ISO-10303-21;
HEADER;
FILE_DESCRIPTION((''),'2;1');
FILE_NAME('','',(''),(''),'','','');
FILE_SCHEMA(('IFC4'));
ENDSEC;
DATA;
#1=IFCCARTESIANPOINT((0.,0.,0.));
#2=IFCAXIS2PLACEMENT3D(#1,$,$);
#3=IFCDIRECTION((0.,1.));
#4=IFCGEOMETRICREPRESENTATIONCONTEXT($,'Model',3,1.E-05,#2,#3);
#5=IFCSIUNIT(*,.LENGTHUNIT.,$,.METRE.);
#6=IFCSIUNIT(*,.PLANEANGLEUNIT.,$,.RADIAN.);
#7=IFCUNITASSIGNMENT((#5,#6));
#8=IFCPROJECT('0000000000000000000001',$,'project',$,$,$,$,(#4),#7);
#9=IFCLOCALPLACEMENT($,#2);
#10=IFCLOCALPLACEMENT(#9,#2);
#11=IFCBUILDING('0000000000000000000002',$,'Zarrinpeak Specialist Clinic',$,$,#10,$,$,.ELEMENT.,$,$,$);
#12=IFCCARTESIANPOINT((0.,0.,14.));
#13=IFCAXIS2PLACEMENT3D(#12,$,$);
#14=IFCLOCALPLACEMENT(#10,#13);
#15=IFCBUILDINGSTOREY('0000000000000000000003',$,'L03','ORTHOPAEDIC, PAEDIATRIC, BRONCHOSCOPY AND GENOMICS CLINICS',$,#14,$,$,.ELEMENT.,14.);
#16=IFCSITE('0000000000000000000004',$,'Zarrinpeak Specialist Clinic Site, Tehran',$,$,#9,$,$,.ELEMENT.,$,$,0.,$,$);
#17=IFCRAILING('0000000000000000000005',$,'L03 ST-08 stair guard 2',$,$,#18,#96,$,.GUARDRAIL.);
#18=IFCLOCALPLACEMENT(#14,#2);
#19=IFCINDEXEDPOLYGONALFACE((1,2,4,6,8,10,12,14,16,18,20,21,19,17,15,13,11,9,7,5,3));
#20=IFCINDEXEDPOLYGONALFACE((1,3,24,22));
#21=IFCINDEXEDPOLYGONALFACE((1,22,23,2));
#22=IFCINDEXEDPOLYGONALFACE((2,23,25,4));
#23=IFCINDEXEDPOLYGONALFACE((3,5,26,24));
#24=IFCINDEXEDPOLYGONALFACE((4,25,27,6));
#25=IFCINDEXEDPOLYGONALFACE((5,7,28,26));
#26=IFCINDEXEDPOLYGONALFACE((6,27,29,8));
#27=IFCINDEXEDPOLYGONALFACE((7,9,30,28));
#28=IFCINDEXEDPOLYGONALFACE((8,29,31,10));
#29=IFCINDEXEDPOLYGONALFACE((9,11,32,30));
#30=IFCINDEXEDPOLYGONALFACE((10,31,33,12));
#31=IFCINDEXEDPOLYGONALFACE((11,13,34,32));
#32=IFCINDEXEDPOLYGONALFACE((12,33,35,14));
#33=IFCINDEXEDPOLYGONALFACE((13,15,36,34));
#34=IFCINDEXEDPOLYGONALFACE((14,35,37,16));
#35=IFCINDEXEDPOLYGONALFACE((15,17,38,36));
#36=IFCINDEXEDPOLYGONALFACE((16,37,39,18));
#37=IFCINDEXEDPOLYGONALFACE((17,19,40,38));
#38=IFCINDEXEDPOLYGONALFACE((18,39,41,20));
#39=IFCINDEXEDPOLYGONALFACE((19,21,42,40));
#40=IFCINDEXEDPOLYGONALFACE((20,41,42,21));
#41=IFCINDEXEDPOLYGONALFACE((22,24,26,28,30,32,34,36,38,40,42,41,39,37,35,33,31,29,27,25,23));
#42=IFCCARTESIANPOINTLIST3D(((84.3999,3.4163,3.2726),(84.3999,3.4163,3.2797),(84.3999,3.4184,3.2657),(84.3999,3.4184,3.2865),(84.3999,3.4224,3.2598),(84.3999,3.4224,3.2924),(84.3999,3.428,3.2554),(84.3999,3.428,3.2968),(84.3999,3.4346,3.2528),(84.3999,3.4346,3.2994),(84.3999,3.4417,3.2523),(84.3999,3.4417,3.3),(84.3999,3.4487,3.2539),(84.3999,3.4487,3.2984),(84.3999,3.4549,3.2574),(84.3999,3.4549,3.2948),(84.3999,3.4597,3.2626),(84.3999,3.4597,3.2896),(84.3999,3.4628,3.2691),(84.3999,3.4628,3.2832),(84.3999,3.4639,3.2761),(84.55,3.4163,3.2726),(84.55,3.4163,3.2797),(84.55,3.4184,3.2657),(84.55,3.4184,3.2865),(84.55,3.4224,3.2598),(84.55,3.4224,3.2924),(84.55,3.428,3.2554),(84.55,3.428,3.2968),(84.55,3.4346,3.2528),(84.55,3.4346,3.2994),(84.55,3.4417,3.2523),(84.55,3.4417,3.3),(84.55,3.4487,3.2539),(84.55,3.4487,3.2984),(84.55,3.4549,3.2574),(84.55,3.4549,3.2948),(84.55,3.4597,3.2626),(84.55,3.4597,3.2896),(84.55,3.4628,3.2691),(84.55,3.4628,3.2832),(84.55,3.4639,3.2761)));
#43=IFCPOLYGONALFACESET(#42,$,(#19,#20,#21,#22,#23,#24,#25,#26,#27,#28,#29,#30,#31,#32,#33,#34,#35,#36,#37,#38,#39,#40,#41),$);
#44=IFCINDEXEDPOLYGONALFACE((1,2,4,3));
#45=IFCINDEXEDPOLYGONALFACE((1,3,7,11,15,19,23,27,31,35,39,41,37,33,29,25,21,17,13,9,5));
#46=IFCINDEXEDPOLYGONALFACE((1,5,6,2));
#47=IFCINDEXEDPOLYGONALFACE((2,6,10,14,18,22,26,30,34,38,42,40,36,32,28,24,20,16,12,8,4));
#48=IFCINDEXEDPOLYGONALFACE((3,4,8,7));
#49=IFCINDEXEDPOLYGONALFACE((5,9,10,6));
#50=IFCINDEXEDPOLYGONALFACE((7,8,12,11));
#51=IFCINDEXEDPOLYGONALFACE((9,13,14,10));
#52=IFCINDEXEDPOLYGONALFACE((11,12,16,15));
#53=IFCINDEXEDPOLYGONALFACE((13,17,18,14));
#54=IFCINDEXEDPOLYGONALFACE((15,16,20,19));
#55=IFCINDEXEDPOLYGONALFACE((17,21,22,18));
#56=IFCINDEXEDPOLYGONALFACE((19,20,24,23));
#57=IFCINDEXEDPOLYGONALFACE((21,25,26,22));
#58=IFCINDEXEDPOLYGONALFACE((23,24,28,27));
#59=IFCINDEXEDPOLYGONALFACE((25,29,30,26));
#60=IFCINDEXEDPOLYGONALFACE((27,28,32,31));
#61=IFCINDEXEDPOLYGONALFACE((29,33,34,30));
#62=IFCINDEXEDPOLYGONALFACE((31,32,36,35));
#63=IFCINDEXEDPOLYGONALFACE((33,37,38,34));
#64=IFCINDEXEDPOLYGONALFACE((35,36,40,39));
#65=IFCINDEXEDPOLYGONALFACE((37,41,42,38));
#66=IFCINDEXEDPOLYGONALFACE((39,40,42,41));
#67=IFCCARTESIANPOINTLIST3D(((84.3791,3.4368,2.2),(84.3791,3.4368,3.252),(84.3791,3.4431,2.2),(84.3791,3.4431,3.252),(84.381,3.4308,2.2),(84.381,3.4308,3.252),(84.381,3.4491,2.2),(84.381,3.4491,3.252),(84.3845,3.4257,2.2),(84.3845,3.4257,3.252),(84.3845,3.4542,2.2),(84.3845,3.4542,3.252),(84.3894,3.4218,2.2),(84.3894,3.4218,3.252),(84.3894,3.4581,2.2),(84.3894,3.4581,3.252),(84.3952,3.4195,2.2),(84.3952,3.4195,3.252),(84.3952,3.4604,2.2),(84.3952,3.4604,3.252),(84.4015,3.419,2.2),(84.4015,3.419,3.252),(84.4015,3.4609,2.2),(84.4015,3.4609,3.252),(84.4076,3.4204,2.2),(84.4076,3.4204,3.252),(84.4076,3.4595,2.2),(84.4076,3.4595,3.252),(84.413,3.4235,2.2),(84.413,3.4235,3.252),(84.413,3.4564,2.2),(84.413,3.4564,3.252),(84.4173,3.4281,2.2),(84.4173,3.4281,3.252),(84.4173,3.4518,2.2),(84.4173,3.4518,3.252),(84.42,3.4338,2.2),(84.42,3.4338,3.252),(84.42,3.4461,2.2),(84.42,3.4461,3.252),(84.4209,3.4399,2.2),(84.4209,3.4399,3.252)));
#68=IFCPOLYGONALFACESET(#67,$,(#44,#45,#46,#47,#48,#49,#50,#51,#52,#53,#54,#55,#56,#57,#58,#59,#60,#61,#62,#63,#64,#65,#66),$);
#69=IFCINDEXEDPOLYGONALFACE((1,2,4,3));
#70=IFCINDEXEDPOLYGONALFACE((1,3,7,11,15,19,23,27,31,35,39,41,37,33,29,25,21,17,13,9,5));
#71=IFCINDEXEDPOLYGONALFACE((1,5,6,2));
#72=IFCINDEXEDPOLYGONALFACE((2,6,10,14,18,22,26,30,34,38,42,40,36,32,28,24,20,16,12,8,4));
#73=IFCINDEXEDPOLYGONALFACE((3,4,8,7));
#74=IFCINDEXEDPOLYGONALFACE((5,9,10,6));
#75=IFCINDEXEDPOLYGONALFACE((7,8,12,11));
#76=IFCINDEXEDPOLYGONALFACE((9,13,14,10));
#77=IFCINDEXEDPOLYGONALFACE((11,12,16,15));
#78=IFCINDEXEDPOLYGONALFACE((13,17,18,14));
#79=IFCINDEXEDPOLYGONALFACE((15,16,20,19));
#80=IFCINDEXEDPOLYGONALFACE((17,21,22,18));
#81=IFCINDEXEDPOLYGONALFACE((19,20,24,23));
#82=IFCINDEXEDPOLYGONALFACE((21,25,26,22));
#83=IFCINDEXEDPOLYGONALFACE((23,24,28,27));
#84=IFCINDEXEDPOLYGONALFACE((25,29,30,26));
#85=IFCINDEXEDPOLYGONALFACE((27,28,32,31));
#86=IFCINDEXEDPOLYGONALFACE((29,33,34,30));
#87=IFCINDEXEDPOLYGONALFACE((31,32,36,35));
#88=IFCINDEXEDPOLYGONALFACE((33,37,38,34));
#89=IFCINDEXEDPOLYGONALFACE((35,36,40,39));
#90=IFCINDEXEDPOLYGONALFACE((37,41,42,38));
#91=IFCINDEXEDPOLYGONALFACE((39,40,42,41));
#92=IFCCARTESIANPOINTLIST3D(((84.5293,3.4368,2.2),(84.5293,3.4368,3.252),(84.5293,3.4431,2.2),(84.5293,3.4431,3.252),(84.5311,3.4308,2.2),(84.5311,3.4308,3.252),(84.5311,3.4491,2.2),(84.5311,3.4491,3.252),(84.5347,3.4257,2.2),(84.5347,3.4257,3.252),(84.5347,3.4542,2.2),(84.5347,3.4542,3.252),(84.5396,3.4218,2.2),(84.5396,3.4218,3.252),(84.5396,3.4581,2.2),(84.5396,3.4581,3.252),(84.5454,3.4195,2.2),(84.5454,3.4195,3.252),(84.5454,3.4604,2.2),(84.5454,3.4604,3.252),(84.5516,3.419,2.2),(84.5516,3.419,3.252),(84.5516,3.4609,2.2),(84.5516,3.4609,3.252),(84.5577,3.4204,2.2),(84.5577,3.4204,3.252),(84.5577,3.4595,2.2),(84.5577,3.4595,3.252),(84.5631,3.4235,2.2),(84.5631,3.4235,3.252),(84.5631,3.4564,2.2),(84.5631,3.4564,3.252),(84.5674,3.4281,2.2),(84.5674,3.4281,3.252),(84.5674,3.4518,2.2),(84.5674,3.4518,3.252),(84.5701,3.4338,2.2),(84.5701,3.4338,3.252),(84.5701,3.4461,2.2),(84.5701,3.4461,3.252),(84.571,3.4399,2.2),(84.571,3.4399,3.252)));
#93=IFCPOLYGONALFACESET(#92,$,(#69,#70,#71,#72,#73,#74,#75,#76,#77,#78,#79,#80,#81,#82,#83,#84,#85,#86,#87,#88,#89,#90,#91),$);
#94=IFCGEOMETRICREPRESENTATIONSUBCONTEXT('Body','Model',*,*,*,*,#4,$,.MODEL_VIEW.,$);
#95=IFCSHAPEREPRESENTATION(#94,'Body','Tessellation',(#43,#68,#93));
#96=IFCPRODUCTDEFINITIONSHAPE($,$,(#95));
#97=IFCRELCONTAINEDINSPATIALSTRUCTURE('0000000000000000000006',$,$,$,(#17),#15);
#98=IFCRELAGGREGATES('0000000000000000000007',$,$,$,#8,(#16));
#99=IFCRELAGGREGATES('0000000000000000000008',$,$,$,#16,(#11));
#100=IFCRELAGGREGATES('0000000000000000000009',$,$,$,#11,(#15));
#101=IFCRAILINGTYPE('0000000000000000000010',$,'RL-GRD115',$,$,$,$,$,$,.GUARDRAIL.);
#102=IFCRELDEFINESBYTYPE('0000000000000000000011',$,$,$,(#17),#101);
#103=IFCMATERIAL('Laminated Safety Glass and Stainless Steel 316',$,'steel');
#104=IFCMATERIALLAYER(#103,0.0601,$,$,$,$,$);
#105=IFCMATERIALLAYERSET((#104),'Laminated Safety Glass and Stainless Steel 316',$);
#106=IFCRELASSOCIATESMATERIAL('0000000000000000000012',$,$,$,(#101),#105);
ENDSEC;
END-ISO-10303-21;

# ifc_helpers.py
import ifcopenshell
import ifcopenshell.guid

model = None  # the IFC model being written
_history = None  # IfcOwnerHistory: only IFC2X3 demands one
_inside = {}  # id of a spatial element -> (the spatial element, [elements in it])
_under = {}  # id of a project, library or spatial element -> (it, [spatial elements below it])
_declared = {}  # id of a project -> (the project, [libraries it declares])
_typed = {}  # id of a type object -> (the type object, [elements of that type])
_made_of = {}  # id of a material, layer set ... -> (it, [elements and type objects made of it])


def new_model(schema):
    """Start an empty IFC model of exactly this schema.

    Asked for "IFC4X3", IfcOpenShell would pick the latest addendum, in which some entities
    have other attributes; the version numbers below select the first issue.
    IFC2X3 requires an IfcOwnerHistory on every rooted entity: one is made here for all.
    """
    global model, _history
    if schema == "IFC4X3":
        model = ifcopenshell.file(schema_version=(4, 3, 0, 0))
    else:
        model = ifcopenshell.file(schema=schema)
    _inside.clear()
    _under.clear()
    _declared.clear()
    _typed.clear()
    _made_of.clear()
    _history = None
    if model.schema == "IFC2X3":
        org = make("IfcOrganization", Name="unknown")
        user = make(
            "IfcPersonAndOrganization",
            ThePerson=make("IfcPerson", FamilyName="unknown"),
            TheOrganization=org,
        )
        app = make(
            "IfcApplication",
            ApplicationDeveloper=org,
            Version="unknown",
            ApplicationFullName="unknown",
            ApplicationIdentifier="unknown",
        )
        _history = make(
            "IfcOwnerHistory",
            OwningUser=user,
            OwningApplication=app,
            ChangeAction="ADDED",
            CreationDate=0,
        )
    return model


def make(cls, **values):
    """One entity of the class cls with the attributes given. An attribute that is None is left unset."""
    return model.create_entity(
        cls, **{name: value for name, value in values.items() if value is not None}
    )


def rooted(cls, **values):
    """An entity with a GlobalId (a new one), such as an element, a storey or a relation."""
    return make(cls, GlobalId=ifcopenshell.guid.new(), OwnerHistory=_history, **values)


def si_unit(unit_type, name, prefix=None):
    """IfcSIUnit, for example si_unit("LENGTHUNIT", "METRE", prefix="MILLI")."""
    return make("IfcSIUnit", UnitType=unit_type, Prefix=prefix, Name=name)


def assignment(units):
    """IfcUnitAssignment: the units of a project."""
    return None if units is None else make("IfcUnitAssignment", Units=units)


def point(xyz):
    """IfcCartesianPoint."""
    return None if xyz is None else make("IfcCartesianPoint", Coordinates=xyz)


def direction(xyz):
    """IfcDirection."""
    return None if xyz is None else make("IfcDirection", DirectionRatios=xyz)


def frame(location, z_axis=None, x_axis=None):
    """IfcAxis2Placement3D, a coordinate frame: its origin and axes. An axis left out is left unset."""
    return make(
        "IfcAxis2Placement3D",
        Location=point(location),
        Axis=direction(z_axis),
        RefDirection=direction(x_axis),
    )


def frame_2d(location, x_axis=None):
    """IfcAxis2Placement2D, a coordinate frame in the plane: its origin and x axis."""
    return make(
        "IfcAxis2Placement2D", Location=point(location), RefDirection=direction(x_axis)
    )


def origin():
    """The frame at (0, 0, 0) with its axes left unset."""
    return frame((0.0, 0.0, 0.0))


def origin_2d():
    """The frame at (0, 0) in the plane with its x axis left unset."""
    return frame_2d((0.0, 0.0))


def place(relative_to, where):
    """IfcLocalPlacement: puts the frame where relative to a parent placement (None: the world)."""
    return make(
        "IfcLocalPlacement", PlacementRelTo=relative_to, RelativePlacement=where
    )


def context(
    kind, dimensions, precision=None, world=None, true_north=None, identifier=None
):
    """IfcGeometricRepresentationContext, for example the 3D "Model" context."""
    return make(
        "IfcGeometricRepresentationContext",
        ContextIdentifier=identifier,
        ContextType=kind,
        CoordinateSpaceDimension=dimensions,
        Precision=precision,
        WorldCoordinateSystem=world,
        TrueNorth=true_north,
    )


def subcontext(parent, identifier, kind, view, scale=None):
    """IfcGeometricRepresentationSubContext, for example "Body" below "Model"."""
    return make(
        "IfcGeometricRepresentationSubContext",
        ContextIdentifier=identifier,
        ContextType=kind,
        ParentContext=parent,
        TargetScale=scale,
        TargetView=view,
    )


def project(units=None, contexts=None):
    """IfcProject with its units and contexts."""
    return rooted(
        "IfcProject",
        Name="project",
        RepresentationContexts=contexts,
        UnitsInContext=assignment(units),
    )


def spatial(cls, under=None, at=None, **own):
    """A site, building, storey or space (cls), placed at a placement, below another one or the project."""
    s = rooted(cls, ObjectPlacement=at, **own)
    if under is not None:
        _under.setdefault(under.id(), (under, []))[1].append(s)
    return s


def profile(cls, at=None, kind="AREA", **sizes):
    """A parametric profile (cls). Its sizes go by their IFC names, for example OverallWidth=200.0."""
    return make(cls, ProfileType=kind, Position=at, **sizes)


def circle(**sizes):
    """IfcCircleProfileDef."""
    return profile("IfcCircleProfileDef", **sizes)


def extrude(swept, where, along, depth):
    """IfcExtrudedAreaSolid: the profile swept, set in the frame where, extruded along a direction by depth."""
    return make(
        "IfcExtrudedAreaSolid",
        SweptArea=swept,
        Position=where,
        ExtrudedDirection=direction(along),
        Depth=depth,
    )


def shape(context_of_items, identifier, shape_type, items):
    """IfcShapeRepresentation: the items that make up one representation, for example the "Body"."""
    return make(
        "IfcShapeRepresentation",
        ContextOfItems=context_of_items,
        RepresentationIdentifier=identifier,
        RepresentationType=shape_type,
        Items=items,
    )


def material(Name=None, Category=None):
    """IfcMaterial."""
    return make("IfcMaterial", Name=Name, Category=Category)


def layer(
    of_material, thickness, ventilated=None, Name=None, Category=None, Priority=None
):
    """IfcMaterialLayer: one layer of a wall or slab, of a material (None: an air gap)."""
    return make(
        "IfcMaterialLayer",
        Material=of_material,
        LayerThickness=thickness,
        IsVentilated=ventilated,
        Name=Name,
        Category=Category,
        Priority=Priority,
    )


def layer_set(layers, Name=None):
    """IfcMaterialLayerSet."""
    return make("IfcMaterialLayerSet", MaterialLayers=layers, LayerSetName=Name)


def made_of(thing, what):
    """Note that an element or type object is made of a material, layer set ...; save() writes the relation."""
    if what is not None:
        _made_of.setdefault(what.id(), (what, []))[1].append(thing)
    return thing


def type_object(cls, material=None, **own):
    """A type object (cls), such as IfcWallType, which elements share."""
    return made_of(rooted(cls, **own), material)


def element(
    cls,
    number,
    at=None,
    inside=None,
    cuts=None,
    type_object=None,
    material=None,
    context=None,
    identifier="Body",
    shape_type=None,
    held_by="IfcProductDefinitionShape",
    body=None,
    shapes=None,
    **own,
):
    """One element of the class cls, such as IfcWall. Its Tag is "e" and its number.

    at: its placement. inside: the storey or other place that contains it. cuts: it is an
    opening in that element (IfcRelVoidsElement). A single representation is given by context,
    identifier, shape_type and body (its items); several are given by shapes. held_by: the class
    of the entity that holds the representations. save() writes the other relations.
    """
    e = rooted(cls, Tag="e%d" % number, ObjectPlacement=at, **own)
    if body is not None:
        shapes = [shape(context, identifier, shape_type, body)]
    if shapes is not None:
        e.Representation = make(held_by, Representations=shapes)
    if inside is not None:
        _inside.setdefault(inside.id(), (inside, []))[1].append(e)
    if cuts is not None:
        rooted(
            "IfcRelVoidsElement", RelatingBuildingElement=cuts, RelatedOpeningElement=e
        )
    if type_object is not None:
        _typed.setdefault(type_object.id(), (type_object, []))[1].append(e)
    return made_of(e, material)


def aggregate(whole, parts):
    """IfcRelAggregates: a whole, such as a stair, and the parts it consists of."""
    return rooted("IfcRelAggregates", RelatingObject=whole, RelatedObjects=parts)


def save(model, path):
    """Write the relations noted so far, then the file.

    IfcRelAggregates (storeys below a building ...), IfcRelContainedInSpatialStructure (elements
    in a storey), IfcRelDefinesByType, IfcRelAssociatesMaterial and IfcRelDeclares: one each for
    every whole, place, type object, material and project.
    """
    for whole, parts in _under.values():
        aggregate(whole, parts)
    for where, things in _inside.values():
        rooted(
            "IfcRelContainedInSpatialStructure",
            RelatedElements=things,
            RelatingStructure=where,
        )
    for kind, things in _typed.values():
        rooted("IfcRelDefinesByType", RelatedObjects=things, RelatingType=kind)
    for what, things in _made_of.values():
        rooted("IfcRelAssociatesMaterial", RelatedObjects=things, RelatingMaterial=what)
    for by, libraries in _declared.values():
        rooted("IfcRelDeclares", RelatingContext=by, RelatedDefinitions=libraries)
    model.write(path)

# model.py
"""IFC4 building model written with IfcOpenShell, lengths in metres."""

from ifc_helpers import new_model, si_unit, direction, frame, origin, origin_2d, place, context, subcontext, project, spatial, circle, extrude, material, layer, layer_set, type_object, element, save


model = new_model("IFC4")

# Units and contexts
model_context = context("Model", 3, precision=1e-05, world=origin(), true_north=direction((0.0, 1.0)))
body_context = subcontext(model_context, "Body", "Model", "MODEL_VIEW")
ifc_project = project(units=[si_unit("LENGTHUNIT", "METRE"), si_unit("PLANEANGLEUNIT", "RADIAN")], contexts=[model_context])

# Site, building, storey
site_placement = place(None, origin())
site = spatial("IfcSite", under=ifc_project, at=site_placement, Name="Zarrinpeak Specialist Clinic Site, Tehran", CompositionType="ELEMENT", RefElevation=0.0)
building_placement = place(site_placement, origin())
building = spatial("IfcBuilding", under=site, at=building_placement, Name="Zarrinpeak Specialist Clinic", CompositionType="ELEMENT")
storey_placement = place(building_placement, frame((0.0, 0.0, 14.0)))
storey = spatial("IfcBuildingStorey", under=building, at=storey_placement, Name="L03", Description="ORTHOPAEDIC, PAEDIATRIC, BRONCHOSCOPY AND GENOMICS CLINICS", CompositionType="ELEMENT", Elevation=14.0)

# Railing
ifc_material_1 = material(Name="Laminated Safety Glass and Stainless Steel 316", Category="steel")
ifc_layer_1 = layer(ifc_material_1, 0.0601)
ifc_layer_set_1 = layer_set([ifc_layer_1], Name="Laminated Safety Glass and Stainless Steel 316")
railing_type_1 = type_object("IfcRailingType", Name="RL-GRD115", PredefinedType="GUARDRAIL", material=ifc_layer_set_1)
railing_1_placement = place(storey_placement, frame((84.3999, 3.4399, 2.2)))
element("IfcRailing", 1, at=railing_1_placement, inside=storey, type_object=railing_type_1, Name="L03 ST-08 stair guard 2", PredefinedType="GUARDRAIL", context=body_context, shape_type="SweptSolid", body=[
    extrude(circle(Radius=0.0239, at=origin_2d()), frame((0.0, 0.0, 1.0762), z_axis=(1.0, 0.0, 0.0), x_axis=(0.0, 1.0, 0.0)), (0.0, 0.0, 1.0), 0.1501),
    extrude(circle(Radius=0.021, at=origin_2d()), origin(), (0.0, 0.0, 1.0), 1.052),
    extrude(circle(Radius=0.021, at=origin_2d()), frame((0.1501, 0.0, 0.0)), (0.0, 0.0, 1.0), 1.052),
])

save(model, "model.ifc")
